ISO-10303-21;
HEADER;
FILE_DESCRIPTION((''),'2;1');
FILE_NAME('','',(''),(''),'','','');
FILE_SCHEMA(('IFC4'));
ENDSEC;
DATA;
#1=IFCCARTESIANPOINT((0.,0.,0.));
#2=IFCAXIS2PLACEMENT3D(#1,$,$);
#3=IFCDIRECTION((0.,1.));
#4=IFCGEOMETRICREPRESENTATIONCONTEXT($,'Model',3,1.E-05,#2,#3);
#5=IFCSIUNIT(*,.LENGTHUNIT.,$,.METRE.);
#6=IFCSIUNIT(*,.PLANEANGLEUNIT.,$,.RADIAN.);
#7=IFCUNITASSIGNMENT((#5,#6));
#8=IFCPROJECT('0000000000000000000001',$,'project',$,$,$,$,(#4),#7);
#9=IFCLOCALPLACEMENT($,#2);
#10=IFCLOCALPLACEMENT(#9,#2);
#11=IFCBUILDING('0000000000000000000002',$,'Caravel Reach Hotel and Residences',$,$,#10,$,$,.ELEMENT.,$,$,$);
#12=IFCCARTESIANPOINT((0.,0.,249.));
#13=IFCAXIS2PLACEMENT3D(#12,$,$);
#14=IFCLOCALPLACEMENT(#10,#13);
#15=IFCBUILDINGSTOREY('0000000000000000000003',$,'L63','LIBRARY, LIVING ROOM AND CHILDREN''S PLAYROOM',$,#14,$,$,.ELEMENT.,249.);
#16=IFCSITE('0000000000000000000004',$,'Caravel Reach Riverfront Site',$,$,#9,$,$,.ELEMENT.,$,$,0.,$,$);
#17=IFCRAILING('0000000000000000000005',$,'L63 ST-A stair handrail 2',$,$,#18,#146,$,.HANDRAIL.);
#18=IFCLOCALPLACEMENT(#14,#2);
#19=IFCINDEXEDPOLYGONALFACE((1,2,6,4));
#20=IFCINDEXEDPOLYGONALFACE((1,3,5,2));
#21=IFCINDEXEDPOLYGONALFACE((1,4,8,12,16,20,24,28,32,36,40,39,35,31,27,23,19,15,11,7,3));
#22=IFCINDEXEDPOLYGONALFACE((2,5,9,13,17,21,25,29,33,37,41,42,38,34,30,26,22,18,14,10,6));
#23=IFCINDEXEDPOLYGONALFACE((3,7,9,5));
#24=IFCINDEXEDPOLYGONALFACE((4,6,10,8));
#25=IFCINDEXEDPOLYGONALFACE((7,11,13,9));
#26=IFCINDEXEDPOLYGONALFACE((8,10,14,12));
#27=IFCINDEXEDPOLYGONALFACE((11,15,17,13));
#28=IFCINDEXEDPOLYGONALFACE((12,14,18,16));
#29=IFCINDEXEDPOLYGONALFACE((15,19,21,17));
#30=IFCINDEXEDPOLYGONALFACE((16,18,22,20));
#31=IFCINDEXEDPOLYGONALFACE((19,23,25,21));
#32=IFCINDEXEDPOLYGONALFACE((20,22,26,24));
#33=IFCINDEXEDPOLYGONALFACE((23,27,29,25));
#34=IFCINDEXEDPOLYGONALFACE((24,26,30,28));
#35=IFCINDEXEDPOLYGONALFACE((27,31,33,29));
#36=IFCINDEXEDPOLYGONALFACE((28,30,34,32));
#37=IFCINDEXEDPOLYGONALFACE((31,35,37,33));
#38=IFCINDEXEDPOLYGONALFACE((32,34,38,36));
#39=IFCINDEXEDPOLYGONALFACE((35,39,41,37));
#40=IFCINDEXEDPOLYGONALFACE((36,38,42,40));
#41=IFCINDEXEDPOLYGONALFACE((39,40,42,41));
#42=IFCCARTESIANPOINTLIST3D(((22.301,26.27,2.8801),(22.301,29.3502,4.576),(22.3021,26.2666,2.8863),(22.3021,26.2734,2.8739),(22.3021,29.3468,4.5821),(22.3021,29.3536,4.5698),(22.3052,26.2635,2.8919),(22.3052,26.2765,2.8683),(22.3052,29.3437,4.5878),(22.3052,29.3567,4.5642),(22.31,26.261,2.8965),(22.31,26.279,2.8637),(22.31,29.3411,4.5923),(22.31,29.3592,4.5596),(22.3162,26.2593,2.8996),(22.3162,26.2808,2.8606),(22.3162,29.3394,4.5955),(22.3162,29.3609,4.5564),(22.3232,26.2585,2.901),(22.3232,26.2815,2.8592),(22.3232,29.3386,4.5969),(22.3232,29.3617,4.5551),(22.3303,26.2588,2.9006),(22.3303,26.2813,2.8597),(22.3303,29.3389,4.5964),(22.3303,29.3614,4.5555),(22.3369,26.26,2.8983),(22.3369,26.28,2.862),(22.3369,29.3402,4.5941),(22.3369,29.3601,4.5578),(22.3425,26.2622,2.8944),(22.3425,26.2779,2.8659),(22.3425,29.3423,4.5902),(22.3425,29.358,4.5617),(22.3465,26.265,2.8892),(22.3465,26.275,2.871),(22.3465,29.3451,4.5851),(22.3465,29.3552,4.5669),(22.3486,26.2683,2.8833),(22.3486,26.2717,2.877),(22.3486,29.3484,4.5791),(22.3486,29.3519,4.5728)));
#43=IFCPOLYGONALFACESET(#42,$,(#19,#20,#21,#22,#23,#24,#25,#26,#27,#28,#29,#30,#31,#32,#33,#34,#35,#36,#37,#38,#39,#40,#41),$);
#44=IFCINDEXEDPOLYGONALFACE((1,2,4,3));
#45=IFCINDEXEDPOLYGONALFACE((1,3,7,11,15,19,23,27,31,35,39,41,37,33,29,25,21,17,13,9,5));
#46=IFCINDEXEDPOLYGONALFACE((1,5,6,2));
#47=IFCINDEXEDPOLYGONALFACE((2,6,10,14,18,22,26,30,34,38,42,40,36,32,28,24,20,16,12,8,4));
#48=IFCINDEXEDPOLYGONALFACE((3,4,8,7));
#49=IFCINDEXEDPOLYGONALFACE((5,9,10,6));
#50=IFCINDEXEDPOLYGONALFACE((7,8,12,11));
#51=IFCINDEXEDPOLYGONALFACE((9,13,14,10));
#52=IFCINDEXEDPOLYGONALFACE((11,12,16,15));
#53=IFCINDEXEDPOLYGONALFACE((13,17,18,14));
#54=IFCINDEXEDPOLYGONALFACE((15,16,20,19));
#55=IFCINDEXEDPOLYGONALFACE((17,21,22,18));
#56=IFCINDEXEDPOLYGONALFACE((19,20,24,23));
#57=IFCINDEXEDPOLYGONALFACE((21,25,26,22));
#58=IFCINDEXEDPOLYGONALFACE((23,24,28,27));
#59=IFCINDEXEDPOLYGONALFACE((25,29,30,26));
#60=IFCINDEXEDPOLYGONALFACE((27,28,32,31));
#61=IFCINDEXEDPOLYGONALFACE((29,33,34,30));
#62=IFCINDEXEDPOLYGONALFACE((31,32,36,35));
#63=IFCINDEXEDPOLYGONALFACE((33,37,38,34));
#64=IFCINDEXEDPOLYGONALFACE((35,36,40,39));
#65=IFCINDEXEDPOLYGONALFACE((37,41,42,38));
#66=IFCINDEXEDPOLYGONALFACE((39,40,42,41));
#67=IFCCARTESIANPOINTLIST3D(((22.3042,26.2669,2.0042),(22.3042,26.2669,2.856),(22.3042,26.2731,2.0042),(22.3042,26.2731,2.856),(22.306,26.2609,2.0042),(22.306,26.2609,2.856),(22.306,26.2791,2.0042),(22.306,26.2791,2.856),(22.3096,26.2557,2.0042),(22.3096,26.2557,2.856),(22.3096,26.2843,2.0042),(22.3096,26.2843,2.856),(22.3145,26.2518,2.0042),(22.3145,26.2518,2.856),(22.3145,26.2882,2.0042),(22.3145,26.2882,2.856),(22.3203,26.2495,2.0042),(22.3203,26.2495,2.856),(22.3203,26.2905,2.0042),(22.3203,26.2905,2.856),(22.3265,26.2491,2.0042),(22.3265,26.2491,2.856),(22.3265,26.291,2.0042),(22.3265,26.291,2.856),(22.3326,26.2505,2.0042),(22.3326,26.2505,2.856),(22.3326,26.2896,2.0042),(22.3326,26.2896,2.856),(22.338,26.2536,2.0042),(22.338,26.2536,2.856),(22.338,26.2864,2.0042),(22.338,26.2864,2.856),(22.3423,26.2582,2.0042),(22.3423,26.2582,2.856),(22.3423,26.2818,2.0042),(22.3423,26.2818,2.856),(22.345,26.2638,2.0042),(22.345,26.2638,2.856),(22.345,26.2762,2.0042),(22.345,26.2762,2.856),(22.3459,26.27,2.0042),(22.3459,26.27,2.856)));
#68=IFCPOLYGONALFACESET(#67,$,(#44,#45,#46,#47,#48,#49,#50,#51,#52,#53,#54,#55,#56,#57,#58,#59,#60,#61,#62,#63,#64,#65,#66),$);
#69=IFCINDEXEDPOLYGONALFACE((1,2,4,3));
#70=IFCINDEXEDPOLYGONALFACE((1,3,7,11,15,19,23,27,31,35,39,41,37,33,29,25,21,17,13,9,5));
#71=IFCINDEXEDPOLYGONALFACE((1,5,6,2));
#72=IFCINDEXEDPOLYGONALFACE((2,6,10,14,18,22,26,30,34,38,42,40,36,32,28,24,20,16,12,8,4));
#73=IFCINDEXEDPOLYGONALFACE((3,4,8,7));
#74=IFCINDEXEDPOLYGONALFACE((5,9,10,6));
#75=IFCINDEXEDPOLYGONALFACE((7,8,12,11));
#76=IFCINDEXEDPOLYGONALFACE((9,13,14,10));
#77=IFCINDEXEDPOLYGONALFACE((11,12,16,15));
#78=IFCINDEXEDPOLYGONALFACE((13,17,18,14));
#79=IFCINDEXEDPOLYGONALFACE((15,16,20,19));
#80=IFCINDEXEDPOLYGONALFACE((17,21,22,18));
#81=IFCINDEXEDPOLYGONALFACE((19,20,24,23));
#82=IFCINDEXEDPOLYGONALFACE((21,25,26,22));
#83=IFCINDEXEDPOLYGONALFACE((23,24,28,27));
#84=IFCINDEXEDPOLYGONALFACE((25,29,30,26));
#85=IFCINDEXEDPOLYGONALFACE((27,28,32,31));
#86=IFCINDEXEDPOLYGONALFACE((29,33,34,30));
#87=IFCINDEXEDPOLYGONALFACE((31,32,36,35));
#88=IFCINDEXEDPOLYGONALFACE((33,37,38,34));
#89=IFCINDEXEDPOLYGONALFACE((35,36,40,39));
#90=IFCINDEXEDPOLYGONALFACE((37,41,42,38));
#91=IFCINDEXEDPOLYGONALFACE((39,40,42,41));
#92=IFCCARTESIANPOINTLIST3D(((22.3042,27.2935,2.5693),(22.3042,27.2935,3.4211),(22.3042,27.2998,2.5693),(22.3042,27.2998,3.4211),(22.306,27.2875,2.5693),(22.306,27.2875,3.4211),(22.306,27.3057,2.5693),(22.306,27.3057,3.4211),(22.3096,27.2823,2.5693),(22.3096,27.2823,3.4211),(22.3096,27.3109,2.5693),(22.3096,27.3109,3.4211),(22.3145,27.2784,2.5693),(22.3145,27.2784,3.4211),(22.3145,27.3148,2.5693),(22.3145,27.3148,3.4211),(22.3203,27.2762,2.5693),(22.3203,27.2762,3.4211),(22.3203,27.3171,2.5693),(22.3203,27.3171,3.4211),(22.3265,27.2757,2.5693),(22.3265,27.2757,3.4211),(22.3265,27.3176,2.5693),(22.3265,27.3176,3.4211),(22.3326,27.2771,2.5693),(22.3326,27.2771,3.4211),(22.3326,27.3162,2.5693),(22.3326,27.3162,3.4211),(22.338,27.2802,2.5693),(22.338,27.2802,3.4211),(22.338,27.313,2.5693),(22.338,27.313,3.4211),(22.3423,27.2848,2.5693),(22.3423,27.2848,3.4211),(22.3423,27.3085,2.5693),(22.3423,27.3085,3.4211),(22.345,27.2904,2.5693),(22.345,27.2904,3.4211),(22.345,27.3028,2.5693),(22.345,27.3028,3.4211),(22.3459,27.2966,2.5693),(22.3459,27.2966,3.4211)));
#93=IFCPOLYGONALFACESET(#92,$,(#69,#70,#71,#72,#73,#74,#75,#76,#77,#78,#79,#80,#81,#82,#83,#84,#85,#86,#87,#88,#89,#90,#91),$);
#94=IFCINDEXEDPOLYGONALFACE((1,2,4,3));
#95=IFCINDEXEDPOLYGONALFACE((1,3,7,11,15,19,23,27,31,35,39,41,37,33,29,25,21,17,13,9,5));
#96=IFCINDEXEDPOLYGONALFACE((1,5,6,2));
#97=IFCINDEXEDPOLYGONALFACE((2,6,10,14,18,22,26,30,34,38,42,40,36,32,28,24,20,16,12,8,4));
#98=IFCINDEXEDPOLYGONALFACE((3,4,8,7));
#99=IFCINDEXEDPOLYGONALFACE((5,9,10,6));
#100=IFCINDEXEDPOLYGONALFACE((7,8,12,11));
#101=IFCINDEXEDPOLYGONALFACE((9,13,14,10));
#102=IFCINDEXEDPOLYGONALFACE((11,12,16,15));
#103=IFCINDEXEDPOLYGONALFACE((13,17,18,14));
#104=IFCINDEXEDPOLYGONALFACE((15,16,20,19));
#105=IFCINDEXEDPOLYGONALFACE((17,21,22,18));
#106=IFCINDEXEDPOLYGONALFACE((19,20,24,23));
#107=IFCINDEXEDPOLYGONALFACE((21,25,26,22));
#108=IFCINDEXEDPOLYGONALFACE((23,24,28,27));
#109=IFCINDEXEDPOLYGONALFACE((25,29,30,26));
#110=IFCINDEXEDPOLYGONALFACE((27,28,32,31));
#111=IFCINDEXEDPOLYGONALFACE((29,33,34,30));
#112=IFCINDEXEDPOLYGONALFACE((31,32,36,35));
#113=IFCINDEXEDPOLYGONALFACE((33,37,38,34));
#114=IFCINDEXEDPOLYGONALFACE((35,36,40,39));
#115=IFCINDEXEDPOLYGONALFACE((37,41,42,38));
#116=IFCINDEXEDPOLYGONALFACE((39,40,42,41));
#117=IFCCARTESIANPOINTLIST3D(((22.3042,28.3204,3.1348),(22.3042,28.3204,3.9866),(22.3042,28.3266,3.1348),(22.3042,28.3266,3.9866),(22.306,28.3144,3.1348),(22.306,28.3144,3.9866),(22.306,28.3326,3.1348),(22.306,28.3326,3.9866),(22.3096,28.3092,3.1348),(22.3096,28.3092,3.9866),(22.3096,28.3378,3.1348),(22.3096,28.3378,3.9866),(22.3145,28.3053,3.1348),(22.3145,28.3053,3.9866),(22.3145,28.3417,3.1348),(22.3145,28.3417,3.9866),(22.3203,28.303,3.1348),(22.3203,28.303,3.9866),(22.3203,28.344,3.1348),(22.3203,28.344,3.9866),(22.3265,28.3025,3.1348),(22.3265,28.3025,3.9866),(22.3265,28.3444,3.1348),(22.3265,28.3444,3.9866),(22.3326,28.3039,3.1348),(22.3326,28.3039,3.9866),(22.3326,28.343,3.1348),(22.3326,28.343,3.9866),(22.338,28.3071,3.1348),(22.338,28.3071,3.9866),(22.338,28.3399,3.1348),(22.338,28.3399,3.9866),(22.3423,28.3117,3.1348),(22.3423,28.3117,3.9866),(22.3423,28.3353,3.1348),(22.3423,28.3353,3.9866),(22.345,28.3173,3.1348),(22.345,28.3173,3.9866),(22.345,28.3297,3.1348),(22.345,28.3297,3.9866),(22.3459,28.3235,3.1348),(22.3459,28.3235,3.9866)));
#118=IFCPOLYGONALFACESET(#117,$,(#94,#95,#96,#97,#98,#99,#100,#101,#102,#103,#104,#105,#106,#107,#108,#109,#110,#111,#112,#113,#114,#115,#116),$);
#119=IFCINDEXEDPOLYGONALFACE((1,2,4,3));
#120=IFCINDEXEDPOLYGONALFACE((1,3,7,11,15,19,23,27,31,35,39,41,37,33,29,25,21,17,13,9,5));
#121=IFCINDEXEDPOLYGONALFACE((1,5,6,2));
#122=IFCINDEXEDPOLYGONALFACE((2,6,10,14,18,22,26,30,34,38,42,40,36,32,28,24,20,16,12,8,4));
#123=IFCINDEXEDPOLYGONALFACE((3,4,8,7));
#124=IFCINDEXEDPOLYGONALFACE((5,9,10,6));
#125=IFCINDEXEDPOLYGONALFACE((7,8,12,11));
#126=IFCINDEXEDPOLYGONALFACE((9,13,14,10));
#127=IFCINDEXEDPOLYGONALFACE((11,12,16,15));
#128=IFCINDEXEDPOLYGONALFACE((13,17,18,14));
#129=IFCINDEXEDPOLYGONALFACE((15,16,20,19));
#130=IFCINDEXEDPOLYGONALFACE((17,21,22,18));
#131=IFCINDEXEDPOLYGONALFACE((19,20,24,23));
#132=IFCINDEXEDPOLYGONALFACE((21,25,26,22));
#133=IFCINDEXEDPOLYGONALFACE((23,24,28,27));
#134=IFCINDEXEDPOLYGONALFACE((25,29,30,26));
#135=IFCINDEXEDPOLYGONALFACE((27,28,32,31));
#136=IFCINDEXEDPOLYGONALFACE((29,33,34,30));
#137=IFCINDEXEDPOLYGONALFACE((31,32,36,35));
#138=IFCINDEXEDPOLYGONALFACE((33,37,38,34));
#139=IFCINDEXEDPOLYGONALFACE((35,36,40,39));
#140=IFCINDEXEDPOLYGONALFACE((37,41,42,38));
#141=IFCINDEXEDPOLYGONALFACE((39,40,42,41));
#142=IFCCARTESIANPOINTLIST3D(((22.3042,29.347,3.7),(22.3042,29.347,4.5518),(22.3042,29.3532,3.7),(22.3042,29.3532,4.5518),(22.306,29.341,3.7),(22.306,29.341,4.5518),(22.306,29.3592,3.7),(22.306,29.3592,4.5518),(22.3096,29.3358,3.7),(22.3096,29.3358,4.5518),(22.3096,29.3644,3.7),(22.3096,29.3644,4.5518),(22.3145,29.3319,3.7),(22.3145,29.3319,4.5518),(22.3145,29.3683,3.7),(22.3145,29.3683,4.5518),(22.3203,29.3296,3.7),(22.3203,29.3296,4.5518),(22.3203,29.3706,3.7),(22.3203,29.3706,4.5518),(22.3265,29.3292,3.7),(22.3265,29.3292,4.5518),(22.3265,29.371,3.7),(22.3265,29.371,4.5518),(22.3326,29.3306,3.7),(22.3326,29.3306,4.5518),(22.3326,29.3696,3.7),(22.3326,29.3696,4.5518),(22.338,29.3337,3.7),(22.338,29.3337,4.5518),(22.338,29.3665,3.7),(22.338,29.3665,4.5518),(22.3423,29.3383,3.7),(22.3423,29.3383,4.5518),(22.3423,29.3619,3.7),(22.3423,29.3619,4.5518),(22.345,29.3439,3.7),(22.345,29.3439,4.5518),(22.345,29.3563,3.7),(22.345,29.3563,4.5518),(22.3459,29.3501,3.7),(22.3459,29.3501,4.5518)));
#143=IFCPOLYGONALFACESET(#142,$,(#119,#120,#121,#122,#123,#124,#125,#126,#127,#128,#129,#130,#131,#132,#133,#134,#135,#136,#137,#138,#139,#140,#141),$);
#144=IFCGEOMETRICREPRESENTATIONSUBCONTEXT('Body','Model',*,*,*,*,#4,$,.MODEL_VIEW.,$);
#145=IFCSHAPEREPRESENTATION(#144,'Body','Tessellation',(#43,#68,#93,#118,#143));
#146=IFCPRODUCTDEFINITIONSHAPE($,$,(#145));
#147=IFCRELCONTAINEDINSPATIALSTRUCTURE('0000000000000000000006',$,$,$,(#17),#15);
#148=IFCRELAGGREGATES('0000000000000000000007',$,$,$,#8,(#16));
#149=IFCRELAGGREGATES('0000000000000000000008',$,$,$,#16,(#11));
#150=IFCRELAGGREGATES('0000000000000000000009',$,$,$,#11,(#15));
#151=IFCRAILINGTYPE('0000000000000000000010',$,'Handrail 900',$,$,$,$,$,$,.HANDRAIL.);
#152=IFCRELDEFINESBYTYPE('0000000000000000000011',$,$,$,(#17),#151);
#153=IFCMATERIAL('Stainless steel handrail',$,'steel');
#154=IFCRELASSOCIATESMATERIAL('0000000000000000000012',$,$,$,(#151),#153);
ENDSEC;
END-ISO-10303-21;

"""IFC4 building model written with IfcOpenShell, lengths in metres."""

from ifc_helpers import new_model, si_unit, direction, frame, origin, origin_2d, place, context, subcontext, project, spatial, circle, extrude, material, type_object, element, save


model = new_model("IFC4")

# Units and contexts
model_context = context("Model", 3, precision=1e-05, world=origin(), true_north=direction((0.0, 1.0)))
body_context = subcontext(model_context, "Body", "Model", "MODEL_VIEW")
ifc_project = project(units=[si_unit("LENGTHUNIT", "METRE"), si_unit("PLANEANGLEUNIT", "RADIAN")], contexts=[model_context])

# Site, building, storey
site_placement = place(None, origin())
site = spatial("IfcSite", under=ifc_project, at=site_placement, Name="Caravel Reach Riverfront Site", CompositionType="ELEMENT", RefElevation=0.0)
building_placement = place(site_placement, origin())
building = spatial("IfcBuilding", under=site, at=building_placement, Name="Caravel Reach Hotel and Residences", CompositionType="ELEMENT")
storey_placement = place(building_placement, frame((0.0, 0.0, 249.0)))
storey = spatial("IfcBuildingStorey", under=building, at=storey_placement, Name="L63", Description="LIBRARY, LIVING ROOM AND CHILDREN'S PLAYROOM", CompositionType="ELEMENT", Elevation=249.0)

# Railing
ifc_material_1 = material(Name="Stainless steel handrail", Category="steel")
railing_type_1 = type_object("IfcRailingType", Name="Handrail 900", PredefinedType="HANDRAIL", material=ifc_material_1)
railing_1_placement = place(storey_placement, frame((22.325, 26.27, 2.0042)))
element("IfcRailing", 1, at=railing_1_placement, inside=storey, type_object=railing_type_1, Name="L63 ST-A stair handrail 2", PredefinedType="HANDRAIL", context=body_context, shape_type="SweptSolid", body=[
    extrude(circle(Radius=0.0239, at=origin_2d()), frame((0.0, 0.0, 0.876), z_axis=(0.0, 0.876005, 0.482303), x_axis=(-1.0, 0.0, 0.0)), (0.0, 0.0, 1.0), 3.5161),
    extrude(circle(Radius=0.021, at=origin_2d()), origin(), (0.0, 0.0, 1.0), 0.8518),
    extrude(circle(Radius=0.021, at=origin_2d()), frame((0.0, 1.0266, 0.5652)), (0.0, 0.0, 1.0), 0.8518),
    extrude(circle(Radius=0.021, at=origin_2d()), frame((0.0, 2.0535, 1.1306)), (0.0, 0.0, 1.0), 0.8518),
    extrude(circle(Radius=0.021, at=origin_2d()), frame((0.0, 3.0801, 1.6958)), (0.0, 0.0, 1.0), 0.8518),
])

save(model, "model.ifc")
